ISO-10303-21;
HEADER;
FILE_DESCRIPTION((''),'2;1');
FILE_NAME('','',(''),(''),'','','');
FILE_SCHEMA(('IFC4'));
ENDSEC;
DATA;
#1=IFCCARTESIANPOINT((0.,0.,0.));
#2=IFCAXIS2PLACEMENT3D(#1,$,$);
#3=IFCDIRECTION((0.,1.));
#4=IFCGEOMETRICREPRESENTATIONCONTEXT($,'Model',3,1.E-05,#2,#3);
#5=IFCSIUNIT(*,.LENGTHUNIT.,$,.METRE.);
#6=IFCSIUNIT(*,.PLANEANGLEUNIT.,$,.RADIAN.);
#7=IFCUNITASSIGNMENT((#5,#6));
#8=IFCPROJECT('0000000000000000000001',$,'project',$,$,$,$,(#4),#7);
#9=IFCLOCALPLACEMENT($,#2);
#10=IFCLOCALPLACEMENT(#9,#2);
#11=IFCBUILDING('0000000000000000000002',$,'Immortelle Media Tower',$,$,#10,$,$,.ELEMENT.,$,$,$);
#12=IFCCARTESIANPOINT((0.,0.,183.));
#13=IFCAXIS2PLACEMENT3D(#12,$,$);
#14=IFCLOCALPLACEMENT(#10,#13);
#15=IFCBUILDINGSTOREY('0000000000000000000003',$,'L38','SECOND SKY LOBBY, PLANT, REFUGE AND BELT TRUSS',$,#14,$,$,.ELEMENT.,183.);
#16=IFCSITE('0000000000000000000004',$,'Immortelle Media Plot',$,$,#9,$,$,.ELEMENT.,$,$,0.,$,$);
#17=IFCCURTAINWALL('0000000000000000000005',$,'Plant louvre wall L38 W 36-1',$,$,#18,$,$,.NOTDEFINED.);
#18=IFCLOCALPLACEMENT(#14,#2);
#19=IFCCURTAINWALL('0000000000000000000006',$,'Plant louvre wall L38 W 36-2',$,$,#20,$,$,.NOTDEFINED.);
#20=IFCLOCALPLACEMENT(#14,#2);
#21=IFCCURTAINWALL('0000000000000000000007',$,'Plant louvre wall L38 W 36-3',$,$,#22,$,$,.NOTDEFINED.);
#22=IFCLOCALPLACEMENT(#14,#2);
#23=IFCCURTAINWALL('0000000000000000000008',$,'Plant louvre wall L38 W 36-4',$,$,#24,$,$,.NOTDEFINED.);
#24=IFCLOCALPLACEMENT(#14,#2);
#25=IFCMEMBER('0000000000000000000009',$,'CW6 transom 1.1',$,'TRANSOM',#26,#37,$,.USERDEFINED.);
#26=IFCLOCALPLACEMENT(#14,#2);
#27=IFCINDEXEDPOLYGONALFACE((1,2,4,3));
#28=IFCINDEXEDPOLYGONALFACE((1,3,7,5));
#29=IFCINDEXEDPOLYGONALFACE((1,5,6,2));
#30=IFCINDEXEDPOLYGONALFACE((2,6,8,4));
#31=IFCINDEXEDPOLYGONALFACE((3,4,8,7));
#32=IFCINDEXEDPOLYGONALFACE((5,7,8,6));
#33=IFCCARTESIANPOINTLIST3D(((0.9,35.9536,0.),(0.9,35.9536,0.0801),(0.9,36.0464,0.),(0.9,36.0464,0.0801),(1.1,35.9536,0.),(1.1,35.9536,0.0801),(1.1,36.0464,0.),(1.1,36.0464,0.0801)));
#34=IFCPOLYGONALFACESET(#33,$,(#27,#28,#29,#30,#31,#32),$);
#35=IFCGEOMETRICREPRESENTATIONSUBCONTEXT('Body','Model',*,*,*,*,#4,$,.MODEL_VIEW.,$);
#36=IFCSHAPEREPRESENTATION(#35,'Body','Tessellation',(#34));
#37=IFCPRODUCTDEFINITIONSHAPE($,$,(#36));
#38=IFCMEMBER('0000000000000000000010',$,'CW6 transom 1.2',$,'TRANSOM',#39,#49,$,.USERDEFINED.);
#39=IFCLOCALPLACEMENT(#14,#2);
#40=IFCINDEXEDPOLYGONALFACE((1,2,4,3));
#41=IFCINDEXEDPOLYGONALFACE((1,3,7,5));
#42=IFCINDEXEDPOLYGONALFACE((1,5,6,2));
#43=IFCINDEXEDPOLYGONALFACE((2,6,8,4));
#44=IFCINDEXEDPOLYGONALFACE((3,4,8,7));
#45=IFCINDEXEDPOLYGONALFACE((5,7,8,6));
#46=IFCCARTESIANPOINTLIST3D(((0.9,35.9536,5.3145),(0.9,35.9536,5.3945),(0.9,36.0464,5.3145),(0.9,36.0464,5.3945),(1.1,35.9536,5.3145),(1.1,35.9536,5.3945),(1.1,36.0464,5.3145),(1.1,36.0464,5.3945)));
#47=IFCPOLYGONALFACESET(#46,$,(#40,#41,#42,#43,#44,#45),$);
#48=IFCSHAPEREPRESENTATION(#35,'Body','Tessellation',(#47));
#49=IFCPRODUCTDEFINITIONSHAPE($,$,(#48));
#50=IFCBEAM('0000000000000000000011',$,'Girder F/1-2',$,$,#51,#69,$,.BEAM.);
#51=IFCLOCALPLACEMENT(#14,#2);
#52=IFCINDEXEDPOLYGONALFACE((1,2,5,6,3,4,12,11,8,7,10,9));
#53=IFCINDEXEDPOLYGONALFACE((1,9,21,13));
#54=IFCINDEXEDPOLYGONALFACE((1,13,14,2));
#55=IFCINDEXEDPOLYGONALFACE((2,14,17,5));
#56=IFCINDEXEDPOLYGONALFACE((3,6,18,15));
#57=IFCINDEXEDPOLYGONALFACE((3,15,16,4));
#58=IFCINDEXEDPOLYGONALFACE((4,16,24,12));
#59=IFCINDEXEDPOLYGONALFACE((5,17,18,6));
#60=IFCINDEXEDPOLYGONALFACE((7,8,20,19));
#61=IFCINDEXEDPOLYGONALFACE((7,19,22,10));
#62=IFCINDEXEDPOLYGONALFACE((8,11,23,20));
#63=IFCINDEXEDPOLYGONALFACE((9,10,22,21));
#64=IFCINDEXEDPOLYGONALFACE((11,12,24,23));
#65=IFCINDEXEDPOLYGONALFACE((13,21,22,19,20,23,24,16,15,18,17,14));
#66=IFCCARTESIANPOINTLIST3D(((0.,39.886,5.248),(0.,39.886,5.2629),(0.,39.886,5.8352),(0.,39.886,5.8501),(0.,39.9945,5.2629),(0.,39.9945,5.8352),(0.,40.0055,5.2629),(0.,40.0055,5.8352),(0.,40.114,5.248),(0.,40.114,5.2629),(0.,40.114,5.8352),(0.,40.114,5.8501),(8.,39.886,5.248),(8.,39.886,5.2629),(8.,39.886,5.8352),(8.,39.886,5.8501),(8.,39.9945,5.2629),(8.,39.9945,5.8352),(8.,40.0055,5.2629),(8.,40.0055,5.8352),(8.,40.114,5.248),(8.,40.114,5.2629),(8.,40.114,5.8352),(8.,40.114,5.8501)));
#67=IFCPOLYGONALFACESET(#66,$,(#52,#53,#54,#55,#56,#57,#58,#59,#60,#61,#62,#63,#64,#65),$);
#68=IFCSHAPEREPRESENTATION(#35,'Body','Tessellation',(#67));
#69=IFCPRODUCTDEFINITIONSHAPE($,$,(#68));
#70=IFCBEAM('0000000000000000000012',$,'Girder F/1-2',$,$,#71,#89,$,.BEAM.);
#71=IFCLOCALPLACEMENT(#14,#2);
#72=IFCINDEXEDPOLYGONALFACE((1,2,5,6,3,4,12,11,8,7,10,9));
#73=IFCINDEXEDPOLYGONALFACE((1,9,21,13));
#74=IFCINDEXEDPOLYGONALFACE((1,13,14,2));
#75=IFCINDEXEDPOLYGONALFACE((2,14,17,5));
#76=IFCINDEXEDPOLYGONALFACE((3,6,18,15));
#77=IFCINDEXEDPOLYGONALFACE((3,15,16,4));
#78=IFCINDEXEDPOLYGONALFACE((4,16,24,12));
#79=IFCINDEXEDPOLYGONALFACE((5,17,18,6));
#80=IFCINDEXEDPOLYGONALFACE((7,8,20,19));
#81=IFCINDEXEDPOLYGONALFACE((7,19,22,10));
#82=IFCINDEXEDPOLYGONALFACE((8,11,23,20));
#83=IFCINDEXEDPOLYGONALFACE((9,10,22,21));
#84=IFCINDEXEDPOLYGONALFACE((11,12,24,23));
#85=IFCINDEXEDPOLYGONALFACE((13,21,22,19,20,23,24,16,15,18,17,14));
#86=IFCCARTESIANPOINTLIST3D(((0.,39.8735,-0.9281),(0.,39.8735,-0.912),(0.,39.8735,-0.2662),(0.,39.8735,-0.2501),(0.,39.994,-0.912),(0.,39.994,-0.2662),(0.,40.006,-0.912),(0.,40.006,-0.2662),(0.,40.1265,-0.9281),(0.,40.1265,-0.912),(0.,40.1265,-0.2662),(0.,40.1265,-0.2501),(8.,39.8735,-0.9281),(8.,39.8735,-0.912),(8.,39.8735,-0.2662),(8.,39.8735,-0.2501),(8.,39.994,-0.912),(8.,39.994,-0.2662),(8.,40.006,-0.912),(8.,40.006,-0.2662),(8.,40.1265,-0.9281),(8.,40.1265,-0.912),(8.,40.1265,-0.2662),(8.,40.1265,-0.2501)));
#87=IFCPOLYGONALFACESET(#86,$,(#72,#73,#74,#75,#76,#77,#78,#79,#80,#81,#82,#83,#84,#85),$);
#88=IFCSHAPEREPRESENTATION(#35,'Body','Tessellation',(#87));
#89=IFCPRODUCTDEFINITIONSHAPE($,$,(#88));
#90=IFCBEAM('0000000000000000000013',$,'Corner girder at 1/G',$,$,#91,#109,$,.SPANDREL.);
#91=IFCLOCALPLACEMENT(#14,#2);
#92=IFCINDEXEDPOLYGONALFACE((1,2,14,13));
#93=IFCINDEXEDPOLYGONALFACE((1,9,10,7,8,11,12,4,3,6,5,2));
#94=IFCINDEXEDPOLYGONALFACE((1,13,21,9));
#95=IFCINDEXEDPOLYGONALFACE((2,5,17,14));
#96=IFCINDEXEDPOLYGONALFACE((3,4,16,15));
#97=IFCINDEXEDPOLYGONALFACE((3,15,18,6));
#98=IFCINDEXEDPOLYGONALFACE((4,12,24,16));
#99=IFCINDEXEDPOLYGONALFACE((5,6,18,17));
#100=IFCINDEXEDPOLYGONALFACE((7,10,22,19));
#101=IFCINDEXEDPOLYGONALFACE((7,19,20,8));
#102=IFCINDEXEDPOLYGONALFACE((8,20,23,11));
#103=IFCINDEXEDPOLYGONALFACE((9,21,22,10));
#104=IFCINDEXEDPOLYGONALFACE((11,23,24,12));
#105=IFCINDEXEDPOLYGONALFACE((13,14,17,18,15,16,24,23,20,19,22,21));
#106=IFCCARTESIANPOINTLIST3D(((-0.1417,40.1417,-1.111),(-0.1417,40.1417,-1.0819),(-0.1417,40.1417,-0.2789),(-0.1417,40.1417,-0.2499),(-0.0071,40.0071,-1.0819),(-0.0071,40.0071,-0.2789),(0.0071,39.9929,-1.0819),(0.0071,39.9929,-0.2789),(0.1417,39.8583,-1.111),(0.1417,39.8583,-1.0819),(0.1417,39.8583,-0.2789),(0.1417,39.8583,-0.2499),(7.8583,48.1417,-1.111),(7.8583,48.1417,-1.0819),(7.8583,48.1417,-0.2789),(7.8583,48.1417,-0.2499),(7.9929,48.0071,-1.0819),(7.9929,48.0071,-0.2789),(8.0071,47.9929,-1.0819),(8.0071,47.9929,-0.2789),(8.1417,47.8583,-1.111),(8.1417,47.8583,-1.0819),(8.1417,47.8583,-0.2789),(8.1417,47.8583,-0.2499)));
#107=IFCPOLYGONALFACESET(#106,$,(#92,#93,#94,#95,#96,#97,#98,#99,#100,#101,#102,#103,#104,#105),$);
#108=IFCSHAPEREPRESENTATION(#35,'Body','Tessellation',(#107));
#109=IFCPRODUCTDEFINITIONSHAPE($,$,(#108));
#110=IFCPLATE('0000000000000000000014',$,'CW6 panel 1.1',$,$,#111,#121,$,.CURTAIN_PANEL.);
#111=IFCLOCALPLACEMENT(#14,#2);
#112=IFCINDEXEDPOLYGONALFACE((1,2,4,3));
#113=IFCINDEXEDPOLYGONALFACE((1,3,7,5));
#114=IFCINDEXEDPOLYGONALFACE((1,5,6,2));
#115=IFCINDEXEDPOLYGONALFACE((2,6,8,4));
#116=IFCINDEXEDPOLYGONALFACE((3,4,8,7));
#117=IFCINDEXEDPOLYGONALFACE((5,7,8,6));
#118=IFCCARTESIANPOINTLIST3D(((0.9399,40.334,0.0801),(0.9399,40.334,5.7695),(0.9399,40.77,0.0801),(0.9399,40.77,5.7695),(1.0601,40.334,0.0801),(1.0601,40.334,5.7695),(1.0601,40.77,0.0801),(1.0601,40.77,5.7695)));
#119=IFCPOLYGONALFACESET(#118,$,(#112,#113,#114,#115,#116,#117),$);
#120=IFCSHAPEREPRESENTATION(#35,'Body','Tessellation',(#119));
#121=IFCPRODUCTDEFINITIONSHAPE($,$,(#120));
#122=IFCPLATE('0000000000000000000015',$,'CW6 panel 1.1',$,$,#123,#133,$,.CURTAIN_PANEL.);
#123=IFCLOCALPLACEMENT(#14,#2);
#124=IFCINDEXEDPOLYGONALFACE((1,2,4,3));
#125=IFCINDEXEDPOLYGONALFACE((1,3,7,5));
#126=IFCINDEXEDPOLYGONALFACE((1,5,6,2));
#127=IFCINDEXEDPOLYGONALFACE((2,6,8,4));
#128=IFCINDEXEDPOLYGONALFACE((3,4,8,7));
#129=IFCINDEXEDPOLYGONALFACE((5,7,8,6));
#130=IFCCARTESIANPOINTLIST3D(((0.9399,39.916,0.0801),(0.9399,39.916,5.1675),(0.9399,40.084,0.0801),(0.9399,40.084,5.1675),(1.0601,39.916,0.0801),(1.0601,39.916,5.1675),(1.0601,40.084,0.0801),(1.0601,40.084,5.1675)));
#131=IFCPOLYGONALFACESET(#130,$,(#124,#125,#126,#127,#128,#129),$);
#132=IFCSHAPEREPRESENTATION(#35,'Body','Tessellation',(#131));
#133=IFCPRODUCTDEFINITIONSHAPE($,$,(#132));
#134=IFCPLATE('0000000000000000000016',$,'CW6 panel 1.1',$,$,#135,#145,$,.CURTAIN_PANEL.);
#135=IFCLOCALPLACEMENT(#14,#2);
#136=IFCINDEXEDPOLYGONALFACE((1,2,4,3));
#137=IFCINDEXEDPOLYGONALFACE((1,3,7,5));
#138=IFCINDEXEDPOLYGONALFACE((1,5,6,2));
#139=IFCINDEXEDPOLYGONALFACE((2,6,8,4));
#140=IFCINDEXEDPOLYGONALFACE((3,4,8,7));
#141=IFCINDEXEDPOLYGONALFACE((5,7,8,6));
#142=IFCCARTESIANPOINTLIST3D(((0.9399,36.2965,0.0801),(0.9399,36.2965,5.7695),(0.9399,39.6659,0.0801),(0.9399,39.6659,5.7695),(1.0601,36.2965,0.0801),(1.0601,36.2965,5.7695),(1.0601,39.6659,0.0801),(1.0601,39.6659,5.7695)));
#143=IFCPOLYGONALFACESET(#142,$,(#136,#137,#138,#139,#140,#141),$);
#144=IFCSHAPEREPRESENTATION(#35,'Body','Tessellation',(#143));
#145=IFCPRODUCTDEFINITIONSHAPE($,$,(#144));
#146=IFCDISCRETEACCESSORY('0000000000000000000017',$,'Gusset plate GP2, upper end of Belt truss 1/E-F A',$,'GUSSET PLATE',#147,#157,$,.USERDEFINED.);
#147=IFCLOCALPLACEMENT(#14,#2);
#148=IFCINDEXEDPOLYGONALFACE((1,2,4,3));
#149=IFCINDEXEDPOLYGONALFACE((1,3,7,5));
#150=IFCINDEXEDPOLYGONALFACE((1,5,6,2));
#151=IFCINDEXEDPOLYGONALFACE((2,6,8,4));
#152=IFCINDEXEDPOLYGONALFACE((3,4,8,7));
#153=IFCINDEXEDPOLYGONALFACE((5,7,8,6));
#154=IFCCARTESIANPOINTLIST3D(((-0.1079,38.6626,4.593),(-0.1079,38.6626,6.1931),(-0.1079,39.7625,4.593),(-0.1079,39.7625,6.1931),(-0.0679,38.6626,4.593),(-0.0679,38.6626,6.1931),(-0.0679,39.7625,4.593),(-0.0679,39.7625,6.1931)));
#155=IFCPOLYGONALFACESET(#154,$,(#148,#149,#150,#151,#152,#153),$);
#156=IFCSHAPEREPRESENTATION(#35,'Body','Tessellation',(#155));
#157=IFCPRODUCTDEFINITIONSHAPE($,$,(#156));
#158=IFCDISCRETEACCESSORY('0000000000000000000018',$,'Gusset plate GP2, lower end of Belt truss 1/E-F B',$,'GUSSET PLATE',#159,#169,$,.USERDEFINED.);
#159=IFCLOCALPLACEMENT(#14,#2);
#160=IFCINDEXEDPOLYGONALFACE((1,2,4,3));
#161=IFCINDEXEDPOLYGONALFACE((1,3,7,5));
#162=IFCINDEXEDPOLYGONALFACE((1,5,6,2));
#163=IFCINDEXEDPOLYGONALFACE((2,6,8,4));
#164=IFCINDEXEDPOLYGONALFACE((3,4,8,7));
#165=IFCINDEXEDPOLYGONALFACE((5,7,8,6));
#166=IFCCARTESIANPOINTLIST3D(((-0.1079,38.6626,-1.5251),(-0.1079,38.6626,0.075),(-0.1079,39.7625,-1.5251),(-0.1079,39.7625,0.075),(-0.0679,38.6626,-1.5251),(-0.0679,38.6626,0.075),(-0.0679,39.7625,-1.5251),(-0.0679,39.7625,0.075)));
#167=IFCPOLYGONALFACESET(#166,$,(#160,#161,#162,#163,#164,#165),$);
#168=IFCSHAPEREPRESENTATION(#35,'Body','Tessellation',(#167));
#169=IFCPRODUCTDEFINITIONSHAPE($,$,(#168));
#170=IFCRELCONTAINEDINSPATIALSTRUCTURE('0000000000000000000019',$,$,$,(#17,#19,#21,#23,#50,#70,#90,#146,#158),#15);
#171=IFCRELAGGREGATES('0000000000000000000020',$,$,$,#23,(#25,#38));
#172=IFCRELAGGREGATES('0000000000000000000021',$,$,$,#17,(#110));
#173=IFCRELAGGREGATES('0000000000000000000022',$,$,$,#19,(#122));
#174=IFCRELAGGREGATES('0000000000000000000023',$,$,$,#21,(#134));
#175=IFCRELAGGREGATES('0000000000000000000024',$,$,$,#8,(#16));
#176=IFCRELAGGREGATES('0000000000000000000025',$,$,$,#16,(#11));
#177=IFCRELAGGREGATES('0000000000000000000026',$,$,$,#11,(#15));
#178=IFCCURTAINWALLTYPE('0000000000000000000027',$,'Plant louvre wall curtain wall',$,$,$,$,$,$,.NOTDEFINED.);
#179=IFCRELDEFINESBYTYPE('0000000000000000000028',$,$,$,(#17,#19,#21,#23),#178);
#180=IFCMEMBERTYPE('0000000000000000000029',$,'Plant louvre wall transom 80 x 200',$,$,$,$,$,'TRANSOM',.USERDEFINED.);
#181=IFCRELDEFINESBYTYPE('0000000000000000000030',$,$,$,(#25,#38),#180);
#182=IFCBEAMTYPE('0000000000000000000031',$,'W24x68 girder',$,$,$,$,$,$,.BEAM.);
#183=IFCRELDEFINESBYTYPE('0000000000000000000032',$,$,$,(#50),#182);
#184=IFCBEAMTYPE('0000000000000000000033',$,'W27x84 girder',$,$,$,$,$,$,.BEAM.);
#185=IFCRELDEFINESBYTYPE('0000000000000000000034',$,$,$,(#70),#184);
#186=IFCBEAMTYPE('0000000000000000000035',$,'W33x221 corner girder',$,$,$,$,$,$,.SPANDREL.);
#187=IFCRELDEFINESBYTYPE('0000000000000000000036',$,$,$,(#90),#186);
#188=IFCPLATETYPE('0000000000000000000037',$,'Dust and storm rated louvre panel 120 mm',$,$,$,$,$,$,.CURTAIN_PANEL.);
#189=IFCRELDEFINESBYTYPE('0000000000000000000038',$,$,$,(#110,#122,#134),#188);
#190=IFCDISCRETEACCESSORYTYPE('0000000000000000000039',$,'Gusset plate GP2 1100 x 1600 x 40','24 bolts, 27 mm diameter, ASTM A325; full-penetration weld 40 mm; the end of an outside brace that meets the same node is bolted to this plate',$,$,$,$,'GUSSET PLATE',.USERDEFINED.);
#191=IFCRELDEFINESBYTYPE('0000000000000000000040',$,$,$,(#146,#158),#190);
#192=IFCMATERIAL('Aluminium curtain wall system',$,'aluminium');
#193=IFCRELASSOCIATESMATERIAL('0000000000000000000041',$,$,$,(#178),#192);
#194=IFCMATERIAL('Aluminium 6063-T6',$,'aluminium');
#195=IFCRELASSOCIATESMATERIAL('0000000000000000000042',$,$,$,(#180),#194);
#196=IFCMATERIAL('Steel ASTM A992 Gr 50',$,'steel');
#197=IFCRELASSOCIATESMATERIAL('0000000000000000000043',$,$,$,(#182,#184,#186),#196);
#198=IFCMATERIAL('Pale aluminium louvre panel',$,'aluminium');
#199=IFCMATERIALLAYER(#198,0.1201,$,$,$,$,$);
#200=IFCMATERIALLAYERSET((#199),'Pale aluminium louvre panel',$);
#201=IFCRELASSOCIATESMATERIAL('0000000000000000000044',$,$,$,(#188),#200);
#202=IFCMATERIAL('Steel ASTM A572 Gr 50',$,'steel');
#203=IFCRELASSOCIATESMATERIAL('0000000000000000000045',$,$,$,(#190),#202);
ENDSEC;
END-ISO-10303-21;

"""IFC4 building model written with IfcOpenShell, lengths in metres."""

from ifc_helpers import new_model, si_unit, direction, frame, origin, origin_2d, place, context, subcontext, project, spatial, rectangle, i_section, extrude, material, layer, layer_set, material_profile, profile_set, type_object, element, aggregate, save


model = new_model("IFC4")

# Units and contexts
model_context = context("Model", 3, precision=1e-05, world=origin(), true_north=direction((0.0, 1.0)))
body_context = subcontext(model_context, "Body", "Model", "MODEL_VIEW")
ifc_project = project(units=[si_unit("LENGTHUNIT", "METRE"), si_unit("PLANEANGLEUNIT", "RADIAN")], contexts=[model_context])

# Site, building, storey
site_placement = place(None, origin())
site = spatial("IfcSite", under=ifc_project, at=site_placement, Name="Immortelle Media Plot", CompositionType="ELEMENT", RefElevation=0.0)
building_placement = place(site_placement, origin())
building = spatial("IfcBuilding", under=site, at=building_placement, Name="Immortelle Media Tower", CompositionType="ELEMENT")
storey_placement = place(building_placement, frame((0.0, 0.0, 183.0)))
storey = spatial("IfcBuildingStorey", under=building, at=storey_placement, Name="L38", Description="SECOND SKY LOBBY, PLANT, REFUGE AND BELT TRUSS", CompositionType="ELEMENT", Elevation=183.0)

# Shared definitions
ifc_material_1 = material(Name="Steel ASTM A992 Gr 50", Category="steel")

# Curtain walls
ifc_material_2 = material(Name="Aluminium curtain wall system", Category="aluminium")
curtain_wall_type = type_object("IfcCurtainWallType", Name="Plant louvre wall curtain wall", PredefinedType="NOTDEFINED", material=ifc_material_2)
curtain_wall_1_placement = place(storey_placement, origin())
curtain_wall_1 = element("IfcCurtainWall", 1, at=curtain_wall_1_placement, inside=storey, type_object=curtain_wall_type, Name="Plant louvre wall L38 W 36-1", PredefinedType="NOTDEFINED")
ifc_material_3 = material(Name="Aluminium 6063-T6", Category="aluminium")
curtain_wall_2_placement = place(storey_placement, origin())
curtain_wall_2 = element("IfcCurtainWall", 2, at=curtain_wall_2_placement, inside=storey, type_object=curtain_wall_type, Name="Plant louvre wall L38 W 36-2", PredefinedType="NOTDEFINED")
curtain_wall_3_placement = place(storey_placement, origin())
curtain_wall_3 = element("IfcCurtainWall", 3, at=curtain_wall_3_placement, inside=storey, type_object=curtain_wall_type, Name="Plant louvre wall L38 W 36-3", PredefinedType="NOTDEFINED")

# Curtain wall
curtain_wall_4_placement = place(storey_placement, origin())
curtain_wall_4 = element("IfcCurtainWall", 4, at=curtain_wall_4_placement, inside=storey, type_object=curtain_wall_type, Name="Plant louvre wall L38 W 36-4", PredefinedType="NOTDEFINED")

# Members
ifc_material_profile_1 = material_profile(ifc_material_3, rectangle(XDim=0.2, YDim=0.0801, at=origin_2d()), Name="AL 80x200")
ifc_profile_set_1 = profile_set([ifc_material_profile_1], Name="Aluminium 6063-T6")
member_type_1 = type_object("IfcMemberType", Name="Plant louvre wall transom 80 x 200", ElementType="TRANSOM", PredefinedType="USERDEFINED", material=ifc_profile_set_1)
member_1_placement = place(storey_placement, frame((1.0, 36.0464, 0.04), z_axis=(0.0, -1.0, 0.0), x_axis=(1.0, 0.0, 0.0)))
member_1 = element("IfcMember", 5, at=member_1_placement, type_object=member_type_1, Name="CW6 transom 1.1", ObjectType="TRANSOM", PredefinedType="USERDEFINED", context=body_context, shape_type="SweptSolid", body=[
    extrude(rectangle(XDim=0.2, YDim=0.0801, at=origin_2d()), origin(), (0.0, 0.0, 1.0), 0.0928),
])
member_2_placement = place(storey_placement, frame((1.0, 36.0464, 5.3545), z_axis=(0.0, -1.0, 0.0), x_axis=(1.0, 0.0, 0.0)))
member_2 = element("IfcMember", 6, at=member_2_placement, type_object=member_type_1, Name="CW6 transom 1.2", ObjectType="TRANSOM", PredefinedType="USERDEFINED", context=body_context, shape_type="SweptSolid", body=[
    extrude(rectangle(XDim=0.2, YDim=0.0801, at=origin_2d()), origin(), (0.0, 0.0, 1.0), 0.0928),
])
aggregate(curtain_wall_4, [member_1, member_2])

# Beams
ifc_material_profile_2 = material_profile(ifc_material_1, i_section(OverallWidth=0.228, OverallDepth=0.6021, WebThickness=0.011, FlangeThickness=0.0149, at=origin_2d()), Name="W24x68")
ifc_profile_set_2 = profile_set([ifc_material_profile_2], Name="Steel ASTM A992 Gr 50")
beam_type_1 = type_object("IfcBeamType", Name="W24x68 girder", PredefinedType="BEAM", material=ifc_profile_set_2)
beam_1_placement = place(storey_placement, frame((0.0, 40.0, 5.5491), z_axis=(1.0, 0.0, 0.0), x_axis=(0.0, 1.0, 0.0)))
element("IfcBeam", 7, at=beam_1_placement, inside=storey, type_object=beam_type_1, Name="Girder F/1-2", PredefinedType="BEAM", context=body_context, shape_type="SweptSolid", body=[
    extrude(i_section(OverallWidth=0.228, OverallDepth=0.6021, WebThickness=0.011, FlangeThickness=0.0149, at=origin_2d()), origin(), (0.0, 0.0, 1.0), 8.0),
])
ifc_material_profile_3 = material_profile(ifc_material_1, i_section(OverallWidth=0.2529, OverallDepth=0.678, WebThickness=0.012, FlangeThickness=0.0161, at=origin_2d()), Name="W27x84")
ifc_profile_set_3 = profile_set([ifc_material_profile_3], Name="Steel ASTM A992 Gr 50")
beam_type_2 = type_object("IfcBeamType", Name="W27x84 girder", PredefinedType="BEAM", material=ifc_profile_set_3)
beam_2_placement = place(storey_placement, frame((0.0, 40.0, -0.5891), z_axis=(1.0, 0.0, 0.0), x_axis=(0.0, 1.0, 0.0)))
element("IfcBeam", 8, at=beam_2_placement, inside=storey, type_object=beam_type_2, Name="Girder F/1-2", PredefinedType="BEAM", context=body_context, shape_type="SweptSolid", body=[
    extrude(i_section(OverallWidth=0.2529, OverallDepth=0.678, WebThickness=0.012, FlangeThickness=0.0161, at=origin_2d()), origin(), (0.0, 0.0, 1.0), 8.0),
])
ifc_material_profile_4 = material_profile(ifc_material_1, i_section(OverallWidth=0.4009, OverallDepth=0.8611, WebThickness=0.02, FlangeThickness=0.0291, at=origin_2d()), Name="W33x221")
ifc_profile_set_4 = profile_set([ifc_material_profile_4], Name="Steel ASTM A992 Gr 50")
beam_type_3 = type_object("IfcBeamType", Name="W33x221 corner girder", PredefinedType="SPANDREL", material=ifc_profile_set_4)
beam_3_placement = place(storey_placement, frame((0.0, 40.0, -0.6804), z_axis=(0.707107, 0.707107, 0.0), x_axis=(-0.707107, 0.707107, 0.0)))
element("IfcBeam", 9, at=beam_3_placement, inside=storey, type_object=beam_type_3, Name="Corner girder at 1/G", PredefinedType="SPANDREL", context=body_context, shape_type="SweptSolid", body=[
    extrude(i_section(OverallWidth=0.4009, OverallDepth=0.8611, WebThickness=0.02, FlangeThickness=0.0291, at=origin_2d()), origin(), (0.0, 0.0, 1.0), 11.3137),
])

# Plates
ifc_material_4 = material(Name="Pale aluminium louvre panel", Category="aluminium")
ifc_layer = layer(ifc_material_4, 0.1201)
ifc_layer_set = layer_set([ifc_layer], Name="Pale aluminium louvre panel")
plate_type = type_object("IfcPlateType", Name="Dust and storm rated louvre panel 120 mm", PredefinedType="CURTAIN_PANEL", material=ifc_layer_set)
plate_1_placement = place(storey_placement, frame((1.0, 40.552, 0.0801), z_axis=(0.0, 0.0, 1.0), x_axis=(0.0, -1.0, 0.0)))
plate_1 = element("IfcPlate", 10, at=plate_1_placement, type_object=plate_type, Name="CW6 panel 1.1", PredefinedType="CURTAIN_PANEL", context=body_context, shape_type="SweptSolid", body=[
    extrude(rectangle(XDim=0.436, YDim=0.1201, at=origin_2d()), origin(), (0.0, 0.0, 1.0), 5.6895),
])
aggregate(curtain_wall_1, [plate_1])
plate_2_placement = place(storey_placement, frame((1.0, 40.0, 0.0801), z_axis=(0.0, 0.0, 1.0), x_axis=(0.0, -1.0, 0.0)))
plate_2 = element("IfcPlate", 11, at=plate_2_placement, type_object=plate_type, Name="CW6 panel 1.1", PredefinedType="CURTAIN_PANEL", context=body_context, shape_type="SweptSolid", body=[
    extrude(rectangle(XDim=0.168, YDim=0.1201, at=origin_2d()), origin(), (0.0, 0.0, 1.0), 5.0874),
])
aggregate(curtain_wall_2, [plate_2])
plate_3_placement = place(storey_placement, frame((1.0, 37.9812, 0.0801), z_axis=(0.0, 0.0, 1.0), x_axis=(0.0, -1.0, 0.0)))
plate_3 = element("IfcPlate", 12, at=plate_3_placement, type_object=plate_type, Name="CW6 panel 1.1", PredefinedType="CURTAIN_PANEL", context=body_context, shape_type="SweptSolid", body=[
    extrude(rectangle(XDim=3.3694, YDim=0.1201, at=origin_2d()), origin(), (0.0, 0.0, 1.0), 5.6895),
])
aggregate(curtain_wall_3, [plate_3])

# Discrete accessories
ifc_material_5 = material(Name="Steel ASTM A572 Gr 50", Category="steel")
ifc_material_profile_5 = material_profile(ifc_material_5, rectangle(XDim=0.04, YDim=1.6001, at=origin_2d()), Name="PL 40 x 1600")
ifc_profile_set_5 = profile_set([ifc_material_profile_5], Name="Steel ASTM A572 Gr 50")
discrete_accessory_type = type_object("IfcDiscreteAccessoryType", Name="Gusset plate GP2 1100 x 1600 x 40", Description="24 bolts, 27 mm diameter, ASTM A325; full-penetration weld 40 mm; the end of an outside brace that meets the same node is bolted to this plate", ElementType="GUSSET PLATE", PredefinedType="USERDEFINED", material=ifc_profile_set_5)
for number, where, z_axis, x_axis, name in (
    (13, (-0.0879, 39.7625, 5.3931), (0.0, -1.0, 0.0), (1.0, 0.0, 0.0), "Gusset plate GP2, upper end of Belt truss 1/E-F A"),
    (14, (-0.0879, 39.7625, -0.7251), (0.0, -1.0, 0.0), (1.0, 0.0, 0.0), "Gusset plate GP2, lower end of Belt truss 1/E-F B"),
):
    element("IfcDiscreteAccessory", number, at=place(storey_placement, frame(where, z_axis=z_axis, x_axis=x_axis)), inside=storey, type_object=discrete_accessory_type, Name=name, ObjectType="GUSSET PLATE", PredefinedType="USERDEFINED", context=body_context, shape_type="SweptSolid", body=[
        extrude(rectangle(XDim=0.04, YDim=1.6001, at=origin_2d()), origin(), (0.0, 0.0, 1.0), 1.0999),
    ])

save(model, "model.ifc")
